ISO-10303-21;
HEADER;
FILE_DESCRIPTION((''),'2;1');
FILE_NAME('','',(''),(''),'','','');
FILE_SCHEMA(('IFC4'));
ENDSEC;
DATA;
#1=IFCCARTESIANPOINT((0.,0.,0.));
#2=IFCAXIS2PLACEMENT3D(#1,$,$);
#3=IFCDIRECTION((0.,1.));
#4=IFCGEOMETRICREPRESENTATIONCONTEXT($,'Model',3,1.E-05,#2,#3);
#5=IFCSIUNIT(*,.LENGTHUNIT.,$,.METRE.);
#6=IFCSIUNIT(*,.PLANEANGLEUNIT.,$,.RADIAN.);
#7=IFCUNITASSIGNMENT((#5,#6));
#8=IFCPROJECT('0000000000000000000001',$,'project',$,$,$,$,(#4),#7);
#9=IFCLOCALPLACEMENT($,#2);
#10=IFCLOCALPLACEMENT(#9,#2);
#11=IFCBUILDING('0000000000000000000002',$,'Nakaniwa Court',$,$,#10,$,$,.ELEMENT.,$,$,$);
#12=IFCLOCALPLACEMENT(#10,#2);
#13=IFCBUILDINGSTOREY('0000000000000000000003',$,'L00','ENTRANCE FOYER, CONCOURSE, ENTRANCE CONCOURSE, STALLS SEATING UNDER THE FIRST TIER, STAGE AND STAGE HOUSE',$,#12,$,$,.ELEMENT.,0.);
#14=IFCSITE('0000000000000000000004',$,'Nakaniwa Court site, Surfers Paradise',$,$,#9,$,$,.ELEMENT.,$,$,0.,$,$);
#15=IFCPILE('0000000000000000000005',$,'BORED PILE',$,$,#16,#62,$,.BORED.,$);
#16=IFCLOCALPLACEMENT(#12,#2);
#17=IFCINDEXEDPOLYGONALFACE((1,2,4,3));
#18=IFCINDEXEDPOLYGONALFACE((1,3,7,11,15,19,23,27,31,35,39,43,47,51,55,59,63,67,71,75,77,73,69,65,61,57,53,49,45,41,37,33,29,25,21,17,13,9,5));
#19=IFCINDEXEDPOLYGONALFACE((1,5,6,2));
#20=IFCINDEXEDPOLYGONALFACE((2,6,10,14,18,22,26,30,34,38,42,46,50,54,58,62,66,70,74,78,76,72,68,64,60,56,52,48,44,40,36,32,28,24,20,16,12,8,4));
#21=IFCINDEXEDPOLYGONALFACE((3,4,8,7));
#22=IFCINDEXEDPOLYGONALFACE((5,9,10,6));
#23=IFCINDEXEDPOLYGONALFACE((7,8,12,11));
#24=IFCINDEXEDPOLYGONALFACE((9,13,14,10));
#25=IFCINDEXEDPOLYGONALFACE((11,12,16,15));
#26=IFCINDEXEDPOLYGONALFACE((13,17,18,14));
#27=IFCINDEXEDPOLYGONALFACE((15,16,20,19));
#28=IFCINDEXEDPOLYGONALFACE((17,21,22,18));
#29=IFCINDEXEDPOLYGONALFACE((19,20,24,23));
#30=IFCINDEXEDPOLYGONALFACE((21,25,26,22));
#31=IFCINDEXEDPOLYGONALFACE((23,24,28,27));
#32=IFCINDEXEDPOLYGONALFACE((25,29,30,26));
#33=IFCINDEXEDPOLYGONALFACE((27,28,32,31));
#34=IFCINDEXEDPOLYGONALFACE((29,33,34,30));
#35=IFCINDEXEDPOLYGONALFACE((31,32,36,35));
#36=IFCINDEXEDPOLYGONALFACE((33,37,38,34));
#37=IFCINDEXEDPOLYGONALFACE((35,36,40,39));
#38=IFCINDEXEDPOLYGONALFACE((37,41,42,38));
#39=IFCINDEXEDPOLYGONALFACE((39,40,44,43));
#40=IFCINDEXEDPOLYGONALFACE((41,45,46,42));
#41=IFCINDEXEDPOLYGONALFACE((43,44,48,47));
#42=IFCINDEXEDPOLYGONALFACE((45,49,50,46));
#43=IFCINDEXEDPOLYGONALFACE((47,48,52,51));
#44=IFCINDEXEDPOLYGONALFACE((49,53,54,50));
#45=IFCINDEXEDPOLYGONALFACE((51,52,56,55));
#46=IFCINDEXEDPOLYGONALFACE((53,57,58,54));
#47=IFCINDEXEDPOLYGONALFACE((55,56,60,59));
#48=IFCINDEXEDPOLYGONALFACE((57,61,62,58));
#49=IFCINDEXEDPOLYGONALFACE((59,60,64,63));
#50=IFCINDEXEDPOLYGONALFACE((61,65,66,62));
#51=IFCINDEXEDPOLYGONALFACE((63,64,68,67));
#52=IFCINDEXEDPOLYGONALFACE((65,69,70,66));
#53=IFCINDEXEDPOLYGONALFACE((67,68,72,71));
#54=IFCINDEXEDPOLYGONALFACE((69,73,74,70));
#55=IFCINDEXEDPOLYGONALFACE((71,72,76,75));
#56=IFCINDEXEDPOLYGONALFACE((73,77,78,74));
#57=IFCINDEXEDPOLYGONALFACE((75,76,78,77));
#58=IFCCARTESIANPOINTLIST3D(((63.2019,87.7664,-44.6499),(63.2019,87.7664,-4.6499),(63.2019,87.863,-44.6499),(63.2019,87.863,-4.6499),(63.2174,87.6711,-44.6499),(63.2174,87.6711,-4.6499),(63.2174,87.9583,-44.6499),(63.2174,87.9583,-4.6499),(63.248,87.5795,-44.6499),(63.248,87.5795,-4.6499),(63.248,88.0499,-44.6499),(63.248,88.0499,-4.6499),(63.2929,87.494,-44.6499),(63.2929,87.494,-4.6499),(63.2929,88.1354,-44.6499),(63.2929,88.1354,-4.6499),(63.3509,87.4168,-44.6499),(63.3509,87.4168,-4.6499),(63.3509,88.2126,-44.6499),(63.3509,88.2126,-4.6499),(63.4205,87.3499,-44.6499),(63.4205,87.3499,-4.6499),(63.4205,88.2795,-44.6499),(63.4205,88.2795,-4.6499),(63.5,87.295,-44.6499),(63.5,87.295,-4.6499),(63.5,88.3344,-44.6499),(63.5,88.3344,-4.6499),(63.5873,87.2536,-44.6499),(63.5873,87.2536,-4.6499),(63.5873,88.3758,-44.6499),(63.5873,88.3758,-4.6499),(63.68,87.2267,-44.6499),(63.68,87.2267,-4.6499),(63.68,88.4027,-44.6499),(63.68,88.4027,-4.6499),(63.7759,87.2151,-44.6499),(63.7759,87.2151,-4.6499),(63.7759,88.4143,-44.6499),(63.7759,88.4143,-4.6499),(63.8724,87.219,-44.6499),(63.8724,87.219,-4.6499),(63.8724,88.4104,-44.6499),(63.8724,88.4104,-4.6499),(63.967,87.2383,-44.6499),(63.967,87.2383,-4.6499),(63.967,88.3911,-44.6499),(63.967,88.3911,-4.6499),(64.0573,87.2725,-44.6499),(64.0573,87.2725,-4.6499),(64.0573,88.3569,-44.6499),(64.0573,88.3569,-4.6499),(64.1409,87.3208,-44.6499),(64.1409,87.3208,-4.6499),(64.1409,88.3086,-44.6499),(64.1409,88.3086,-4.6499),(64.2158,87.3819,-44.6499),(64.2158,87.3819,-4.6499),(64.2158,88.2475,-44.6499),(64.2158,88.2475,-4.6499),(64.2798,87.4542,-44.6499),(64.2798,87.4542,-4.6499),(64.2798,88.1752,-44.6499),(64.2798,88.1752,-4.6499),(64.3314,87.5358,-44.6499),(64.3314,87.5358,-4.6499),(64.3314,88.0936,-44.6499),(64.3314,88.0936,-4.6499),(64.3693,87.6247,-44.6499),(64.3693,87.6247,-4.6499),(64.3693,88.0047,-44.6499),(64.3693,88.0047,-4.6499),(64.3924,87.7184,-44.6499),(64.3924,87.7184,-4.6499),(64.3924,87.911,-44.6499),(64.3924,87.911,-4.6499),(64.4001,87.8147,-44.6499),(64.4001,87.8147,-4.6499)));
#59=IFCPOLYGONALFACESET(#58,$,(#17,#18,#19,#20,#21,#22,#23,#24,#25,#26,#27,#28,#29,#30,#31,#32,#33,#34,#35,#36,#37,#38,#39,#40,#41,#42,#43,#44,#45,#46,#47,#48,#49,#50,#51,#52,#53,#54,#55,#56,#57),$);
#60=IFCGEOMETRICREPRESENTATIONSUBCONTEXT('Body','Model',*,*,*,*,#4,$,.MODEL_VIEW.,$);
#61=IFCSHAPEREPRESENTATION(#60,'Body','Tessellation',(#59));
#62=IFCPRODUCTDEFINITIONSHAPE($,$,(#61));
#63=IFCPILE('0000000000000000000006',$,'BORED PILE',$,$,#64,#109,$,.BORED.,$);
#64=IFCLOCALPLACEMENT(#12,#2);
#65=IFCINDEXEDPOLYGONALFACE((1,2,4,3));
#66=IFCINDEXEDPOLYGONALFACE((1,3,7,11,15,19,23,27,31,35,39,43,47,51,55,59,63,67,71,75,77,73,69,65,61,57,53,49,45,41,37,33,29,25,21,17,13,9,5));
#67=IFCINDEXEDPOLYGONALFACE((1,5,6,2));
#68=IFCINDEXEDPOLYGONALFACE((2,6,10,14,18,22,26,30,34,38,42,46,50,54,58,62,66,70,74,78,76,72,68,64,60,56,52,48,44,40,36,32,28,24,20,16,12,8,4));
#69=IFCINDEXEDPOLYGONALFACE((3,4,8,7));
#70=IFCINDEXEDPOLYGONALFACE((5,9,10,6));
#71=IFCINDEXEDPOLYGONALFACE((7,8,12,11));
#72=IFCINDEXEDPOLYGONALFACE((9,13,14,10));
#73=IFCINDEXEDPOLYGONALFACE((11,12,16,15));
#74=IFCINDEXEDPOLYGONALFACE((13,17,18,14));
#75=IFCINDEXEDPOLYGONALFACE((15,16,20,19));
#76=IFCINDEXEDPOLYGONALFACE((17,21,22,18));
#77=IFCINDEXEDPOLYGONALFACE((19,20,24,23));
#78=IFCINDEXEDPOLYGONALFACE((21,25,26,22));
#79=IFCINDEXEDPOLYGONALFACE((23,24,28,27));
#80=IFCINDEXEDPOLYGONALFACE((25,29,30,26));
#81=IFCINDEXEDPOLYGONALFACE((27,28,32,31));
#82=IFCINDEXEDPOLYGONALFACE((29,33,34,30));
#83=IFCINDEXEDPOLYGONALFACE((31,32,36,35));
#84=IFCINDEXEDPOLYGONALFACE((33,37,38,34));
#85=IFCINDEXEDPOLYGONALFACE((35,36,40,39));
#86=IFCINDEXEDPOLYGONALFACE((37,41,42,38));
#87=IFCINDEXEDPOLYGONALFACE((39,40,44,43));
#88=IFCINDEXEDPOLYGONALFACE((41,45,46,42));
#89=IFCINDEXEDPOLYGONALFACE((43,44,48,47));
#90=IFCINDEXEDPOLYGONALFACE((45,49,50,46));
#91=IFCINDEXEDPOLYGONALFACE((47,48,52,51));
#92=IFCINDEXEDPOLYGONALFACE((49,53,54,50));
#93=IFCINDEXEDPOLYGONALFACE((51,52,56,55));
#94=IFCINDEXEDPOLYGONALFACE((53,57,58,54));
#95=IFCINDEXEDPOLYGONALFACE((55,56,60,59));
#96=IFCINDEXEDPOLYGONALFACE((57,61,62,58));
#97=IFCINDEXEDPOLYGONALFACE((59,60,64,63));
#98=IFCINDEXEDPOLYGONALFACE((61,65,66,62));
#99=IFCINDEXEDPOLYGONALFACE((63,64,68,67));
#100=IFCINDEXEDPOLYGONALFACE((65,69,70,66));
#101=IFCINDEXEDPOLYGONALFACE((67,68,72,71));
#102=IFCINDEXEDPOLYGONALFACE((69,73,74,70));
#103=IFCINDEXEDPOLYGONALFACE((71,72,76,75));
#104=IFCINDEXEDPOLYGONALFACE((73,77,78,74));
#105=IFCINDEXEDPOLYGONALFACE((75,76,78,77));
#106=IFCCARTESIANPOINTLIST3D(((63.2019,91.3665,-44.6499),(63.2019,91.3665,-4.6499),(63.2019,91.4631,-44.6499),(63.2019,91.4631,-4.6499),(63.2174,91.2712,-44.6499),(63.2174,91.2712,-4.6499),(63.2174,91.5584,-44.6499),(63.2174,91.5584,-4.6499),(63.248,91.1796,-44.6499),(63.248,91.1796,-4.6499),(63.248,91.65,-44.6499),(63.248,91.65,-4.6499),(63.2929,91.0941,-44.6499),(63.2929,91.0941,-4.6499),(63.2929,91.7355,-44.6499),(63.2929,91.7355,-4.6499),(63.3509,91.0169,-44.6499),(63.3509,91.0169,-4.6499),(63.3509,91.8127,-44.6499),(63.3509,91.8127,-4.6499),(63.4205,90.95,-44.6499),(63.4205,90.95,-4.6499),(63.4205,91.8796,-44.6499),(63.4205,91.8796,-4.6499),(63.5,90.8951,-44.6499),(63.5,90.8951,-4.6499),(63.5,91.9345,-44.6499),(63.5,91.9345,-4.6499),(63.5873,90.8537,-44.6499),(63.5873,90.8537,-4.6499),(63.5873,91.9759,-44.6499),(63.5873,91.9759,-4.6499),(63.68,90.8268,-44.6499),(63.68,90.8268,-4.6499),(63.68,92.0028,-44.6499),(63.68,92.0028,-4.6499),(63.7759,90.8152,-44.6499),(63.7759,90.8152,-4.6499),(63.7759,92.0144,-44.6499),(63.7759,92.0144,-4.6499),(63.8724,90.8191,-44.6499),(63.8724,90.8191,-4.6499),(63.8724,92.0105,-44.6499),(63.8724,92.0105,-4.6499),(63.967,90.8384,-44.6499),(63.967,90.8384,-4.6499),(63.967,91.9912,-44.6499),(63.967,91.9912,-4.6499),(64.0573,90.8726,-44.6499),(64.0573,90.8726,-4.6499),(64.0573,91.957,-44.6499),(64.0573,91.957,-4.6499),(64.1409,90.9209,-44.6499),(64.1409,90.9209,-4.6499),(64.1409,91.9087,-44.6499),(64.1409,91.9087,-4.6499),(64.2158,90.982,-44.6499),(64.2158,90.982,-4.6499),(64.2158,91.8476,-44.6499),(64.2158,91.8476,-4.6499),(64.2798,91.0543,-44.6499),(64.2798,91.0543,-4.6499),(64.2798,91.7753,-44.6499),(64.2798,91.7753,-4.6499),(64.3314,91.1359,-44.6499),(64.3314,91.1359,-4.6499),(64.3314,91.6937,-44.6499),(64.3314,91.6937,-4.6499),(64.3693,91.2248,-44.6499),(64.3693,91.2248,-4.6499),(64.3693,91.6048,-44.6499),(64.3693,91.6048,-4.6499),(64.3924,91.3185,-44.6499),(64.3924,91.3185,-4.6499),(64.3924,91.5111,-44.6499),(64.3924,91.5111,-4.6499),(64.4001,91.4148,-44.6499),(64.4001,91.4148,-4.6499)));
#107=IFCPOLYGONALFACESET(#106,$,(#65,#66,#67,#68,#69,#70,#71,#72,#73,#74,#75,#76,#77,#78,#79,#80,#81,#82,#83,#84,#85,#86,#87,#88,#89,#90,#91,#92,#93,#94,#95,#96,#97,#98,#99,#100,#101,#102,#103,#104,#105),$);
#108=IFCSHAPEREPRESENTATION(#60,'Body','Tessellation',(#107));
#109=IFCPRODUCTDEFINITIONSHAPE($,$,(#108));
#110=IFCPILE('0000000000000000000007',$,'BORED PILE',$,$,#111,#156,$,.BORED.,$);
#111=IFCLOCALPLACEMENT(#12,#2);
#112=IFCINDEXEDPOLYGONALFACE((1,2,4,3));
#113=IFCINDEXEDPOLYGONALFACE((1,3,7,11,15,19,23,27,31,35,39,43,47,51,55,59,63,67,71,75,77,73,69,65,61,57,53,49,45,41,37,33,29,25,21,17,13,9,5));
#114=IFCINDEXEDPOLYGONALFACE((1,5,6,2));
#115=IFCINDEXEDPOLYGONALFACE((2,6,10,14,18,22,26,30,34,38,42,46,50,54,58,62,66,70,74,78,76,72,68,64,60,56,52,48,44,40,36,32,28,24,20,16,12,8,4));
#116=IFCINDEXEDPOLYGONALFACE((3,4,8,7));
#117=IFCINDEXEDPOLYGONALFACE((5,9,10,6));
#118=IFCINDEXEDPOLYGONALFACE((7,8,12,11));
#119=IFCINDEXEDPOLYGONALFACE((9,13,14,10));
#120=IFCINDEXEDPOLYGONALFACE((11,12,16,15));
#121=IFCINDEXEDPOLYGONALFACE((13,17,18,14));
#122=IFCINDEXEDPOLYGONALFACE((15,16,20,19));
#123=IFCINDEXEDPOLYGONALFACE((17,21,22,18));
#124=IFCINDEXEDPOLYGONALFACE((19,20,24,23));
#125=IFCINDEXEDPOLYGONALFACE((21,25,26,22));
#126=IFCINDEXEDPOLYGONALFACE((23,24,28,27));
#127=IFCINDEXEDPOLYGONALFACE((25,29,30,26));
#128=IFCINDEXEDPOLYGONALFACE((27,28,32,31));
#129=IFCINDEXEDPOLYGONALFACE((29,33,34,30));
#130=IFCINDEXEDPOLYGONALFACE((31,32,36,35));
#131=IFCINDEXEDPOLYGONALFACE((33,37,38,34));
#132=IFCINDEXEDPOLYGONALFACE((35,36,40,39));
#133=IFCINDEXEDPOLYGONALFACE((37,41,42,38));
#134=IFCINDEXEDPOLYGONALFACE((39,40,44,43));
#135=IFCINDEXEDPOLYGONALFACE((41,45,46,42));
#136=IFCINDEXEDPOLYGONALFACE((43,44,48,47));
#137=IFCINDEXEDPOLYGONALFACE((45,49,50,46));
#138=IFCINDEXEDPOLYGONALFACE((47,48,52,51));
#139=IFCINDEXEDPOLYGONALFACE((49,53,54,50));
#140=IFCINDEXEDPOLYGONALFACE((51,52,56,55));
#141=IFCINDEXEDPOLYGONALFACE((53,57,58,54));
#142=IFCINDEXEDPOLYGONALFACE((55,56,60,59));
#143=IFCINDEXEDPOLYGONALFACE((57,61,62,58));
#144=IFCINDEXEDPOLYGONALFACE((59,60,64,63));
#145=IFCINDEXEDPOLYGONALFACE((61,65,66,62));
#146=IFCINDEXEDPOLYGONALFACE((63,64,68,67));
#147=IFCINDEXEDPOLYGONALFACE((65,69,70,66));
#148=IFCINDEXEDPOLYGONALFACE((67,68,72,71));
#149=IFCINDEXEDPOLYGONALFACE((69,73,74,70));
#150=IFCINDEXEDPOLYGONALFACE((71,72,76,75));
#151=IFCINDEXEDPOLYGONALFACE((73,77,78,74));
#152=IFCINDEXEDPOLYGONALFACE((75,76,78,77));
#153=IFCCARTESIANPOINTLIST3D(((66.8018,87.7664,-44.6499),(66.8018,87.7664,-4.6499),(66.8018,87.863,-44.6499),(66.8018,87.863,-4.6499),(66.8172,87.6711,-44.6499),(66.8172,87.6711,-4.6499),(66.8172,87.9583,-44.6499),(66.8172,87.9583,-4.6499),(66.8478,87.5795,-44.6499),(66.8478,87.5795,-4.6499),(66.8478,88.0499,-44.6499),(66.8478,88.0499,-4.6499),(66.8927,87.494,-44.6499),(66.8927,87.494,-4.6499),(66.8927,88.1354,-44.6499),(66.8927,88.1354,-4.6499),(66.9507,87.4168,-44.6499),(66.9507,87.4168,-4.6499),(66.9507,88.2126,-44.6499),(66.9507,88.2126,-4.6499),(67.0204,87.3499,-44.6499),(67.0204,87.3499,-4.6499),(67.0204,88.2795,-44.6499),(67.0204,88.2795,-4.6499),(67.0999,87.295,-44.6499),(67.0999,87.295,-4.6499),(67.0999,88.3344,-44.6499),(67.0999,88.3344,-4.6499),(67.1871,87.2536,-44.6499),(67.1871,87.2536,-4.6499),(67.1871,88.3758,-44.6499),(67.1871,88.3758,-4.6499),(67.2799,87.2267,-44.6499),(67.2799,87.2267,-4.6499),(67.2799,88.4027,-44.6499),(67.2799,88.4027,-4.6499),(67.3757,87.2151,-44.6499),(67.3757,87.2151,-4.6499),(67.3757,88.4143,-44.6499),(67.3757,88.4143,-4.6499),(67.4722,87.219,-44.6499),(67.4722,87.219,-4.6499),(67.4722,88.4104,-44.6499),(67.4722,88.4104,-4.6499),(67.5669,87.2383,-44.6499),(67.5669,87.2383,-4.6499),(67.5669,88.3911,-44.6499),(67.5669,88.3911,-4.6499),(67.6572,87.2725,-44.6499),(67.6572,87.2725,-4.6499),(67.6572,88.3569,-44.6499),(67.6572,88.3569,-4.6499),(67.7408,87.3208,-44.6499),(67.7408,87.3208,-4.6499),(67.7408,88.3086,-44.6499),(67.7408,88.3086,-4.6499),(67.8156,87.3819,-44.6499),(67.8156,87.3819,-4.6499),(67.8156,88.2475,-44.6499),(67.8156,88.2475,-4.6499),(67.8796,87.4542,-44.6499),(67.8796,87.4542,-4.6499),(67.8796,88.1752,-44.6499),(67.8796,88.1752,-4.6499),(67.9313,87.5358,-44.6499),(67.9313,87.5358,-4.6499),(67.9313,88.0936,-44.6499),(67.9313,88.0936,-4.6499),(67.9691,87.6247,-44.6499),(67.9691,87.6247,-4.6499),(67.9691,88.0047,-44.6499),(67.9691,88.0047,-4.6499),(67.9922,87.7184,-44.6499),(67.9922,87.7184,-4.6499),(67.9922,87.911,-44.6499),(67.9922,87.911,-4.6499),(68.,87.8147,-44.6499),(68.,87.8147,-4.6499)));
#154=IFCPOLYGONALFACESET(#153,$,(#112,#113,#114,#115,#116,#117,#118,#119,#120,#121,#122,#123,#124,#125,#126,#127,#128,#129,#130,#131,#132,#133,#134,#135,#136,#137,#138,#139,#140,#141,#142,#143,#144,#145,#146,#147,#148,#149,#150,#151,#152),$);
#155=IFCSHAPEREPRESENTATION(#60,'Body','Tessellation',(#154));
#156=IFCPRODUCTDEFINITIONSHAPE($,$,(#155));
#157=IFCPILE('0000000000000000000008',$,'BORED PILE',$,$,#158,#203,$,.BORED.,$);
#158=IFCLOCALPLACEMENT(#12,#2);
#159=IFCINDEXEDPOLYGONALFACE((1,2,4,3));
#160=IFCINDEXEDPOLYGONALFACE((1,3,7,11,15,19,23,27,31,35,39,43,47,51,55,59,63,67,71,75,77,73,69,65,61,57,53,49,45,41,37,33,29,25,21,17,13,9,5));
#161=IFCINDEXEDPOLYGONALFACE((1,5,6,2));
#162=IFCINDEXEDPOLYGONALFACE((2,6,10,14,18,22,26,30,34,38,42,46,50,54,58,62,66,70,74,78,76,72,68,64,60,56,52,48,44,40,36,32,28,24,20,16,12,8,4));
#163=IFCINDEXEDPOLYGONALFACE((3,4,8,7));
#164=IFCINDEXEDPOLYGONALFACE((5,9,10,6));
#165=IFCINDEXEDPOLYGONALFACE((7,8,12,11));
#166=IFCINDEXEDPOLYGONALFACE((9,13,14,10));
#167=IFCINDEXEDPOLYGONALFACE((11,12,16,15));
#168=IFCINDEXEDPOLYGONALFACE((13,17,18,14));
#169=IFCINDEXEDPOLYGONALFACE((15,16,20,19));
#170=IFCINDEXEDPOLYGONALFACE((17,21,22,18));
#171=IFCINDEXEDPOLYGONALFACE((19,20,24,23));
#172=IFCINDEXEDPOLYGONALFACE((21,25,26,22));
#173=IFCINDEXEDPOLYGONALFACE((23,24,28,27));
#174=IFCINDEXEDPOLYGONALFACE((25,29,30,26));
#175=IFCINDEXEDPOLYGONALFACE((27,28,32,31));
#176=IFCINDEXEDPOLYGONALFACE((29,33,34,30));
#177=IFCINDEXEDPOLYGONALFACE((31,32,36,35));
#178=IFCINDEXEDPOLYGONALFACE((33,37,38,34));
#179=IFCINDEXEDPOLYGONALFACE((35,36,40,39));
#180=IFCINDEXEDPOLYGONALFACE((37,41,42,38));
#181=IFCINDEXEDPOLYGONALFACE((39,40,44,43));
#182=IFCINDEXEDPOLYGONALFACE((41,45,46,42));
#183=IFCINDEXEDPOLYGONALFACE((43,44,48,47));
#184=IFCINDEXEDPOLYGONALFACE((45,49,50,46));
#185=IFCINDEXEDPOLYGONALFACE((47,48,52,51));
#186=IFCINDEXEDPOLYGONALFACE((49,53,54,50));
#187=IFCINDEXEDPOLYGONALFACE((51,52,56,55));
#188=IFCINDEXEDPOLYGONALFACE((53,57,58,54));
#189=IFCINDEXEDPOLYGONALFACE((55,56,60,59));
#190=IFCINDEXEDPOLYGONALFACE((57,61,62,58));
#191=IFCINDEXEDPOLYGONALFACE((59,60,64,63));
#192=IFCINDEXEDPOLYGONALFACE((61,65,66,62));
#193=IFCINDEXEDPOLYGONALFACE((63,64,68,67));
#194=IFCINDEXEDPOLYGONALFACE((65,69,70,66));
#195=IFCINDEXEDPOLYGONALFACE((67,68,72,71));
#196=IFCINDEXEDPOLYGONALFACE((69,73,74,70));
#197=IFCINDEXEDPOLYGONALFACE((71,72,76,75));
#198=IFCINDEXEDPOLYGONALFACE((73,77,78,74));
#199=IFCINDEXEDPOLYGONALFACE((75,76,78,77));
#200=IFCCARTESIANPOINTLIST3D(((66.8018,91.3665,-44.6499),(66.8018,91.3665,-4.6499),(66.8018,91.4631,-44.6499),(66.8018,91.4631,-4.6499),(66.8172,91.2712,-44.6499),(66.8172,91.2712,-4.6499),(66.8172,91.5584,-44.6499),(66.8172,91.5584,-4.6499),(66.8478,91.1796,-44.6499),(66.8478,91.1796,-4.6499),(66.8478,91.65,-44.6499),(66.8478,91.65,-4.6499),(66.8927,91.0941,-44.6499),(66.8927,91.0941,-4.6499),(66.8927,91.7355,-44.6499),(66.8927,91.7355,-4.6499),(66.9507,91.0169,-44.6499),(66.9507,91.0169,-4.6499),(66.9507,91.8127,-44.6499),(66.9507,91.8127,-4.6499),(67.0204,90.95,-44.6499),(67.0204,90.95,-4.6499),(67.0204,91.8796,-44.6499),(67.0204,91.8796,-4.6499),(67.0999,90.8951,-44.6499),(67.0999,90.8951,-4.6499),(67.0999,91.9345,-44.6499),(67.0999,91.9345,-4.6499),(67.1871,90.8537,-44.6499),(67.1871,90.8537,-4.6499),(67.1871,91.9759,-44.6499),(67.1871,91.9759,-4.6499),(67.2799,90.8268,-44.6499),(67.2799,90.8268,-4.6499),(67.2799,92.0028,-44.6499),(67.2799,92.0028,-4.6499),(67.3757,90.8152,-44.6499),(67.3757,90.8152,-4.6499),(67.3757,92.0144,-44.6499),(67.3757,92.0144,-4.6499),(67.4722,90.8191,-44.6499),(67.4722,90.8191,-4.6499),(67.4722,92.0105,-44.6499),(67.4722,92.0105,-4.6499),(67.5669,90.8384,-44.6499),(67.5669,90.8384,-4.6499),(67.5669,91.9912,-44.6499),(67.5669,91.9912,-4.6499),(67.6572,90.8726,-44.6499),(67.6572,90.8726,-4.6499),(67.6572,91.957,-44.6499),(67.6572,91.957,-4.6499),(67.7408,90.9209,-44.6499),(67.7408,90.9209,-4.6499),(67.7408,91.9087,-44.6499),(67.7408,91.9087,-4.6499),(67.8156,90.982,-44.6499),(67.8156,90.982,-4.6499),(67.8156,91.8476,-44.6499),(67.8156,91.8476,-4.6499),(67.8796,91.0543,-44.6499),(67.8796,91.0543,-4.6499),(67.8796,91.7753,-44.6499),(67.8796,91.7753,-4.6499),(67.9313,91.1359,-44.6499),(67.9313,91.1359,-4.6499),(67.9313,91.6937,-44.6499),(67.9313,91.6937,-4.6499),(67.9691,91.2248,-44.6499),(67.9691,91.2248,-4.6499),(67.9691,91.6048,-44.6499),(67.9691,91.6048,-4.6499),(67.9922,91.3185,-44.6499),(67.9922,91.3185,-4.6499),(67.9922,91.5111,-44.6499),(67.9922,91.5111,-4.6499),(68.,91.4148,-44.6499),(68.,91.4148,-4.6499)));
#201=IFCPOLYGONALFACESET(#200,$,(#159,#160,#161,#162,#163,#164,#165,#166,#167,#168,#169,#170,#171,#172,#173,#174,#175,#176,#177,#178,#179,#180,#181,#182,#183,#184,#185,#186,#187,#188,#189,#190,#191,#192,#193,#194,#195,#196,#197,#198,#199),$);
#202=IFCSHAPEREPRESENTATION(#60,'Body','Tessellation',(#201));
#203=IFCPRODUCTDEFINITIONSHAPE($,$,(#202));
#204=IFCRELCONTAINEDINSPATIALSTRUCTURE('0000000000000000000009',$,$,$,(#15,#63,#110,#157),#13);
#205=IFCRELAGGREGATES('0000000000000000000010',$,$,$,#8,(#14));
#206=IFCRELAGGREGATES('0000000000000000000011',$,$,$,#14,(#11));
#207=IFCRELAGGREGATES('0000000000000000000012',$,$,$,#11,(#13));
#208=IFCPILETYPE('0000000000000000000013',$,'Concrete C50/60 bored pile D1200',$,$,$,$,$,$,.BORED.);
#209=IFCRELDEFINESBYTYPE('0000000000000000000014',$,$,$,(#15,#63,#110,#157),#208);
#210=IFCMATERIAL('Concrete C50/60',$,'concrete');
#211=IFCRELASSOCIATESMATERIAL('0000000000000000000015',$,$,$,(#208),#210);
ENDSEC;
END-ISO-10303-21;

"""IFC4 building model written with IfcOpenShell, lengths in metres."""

from ifc_helpers import new_model, si_unit, direction, frame, origin, origin_2d, place, context, subcontext, project, spatial, circle, extrude, material, material_profile, profile_set, type_object, element, save


model = new_model("IFC4")

# Units and contexts
model_context = context("Model", 3, precision=1e-05, world=origin(), true_north=direction((0.0, 1.0)))
body_context = subcontext(model_context, "Body", "Model", "MODEL_VIEW")
ifc_project = project(units=[si_unit("LENGTHUNIT", "METRE"), si_unit("PLANEANGLEUNIT", "RADIAN")], contexts=[model_context])

# Site, building, storey
site_placement = place(None, origin())
site = spatial("IfcSite", under=ifc_project, at=site_placement, Name="Nakaniwa Court site, Surfers Paradise", CompositionType="ELEMENT", RefElevation=0.0)
building_placement = place(site_placement, origin())
building = spatial("IfcBuilding", under=site, at=building_placement, Name="Nakaniwa Court", CompositionType="ELEMENT")
storey_placement = place(building_placement, origin())
storey = spatial("IfcBuildingStorey", under=building, at=storey_placement, Name="L00", Description="ENTRANCE FOYER, CONCOURSE, ENTRANCE CONCOURSE, STALLS SEATING UNDER THE FIRST TIER, STAGE AND STAGE HOUSE", CompositionType="ELEMENT", Elevation=0.0)

# Piles
ifc_material_1 = material(Name="Concrete C50/60", Category="concrete")
ifc_material_profile_1 = material_profile(ifc_material_1, circle(Radius=0.6001, at=origin_2d()), Name="Concrete C50/60 bored pile D1200")
ifc_profile_set_1 = profile_set([ifc_material_profile_1], Name="Concrete C50/60")
pile_type = type_object("IfcPileType", Name="Concrete C50/60 bored pile D1200", PredefinedType="BORED", material=ifc_profile_set_1)
for number, where, z_axis, x_axis, name in (
    (1, (63.8, 87.8147, -4.6499), (0.0, 0.0, -1.0), (1.0, 0.0, 0.0), "BORED PILE"),
    (2, (63.8, 91.4148, -4.6499), (0.0, 0.0, -1.0), (1.0, 0.0, 0.0), "BORED PILE"),
    (3, (67.3999, 87.8147, -4.6499), (0.0, 0.0, -1.0), (1.0, 0.0, 0.0), "BORED PILE"),
    (4, (67.3999, 91.4148, -4.6499), (0.0, 0.0, -1.0), (1.0, 0.0, 0.0), "BORED PILE"),
):
    element("IfcPile", number, at=place(storey_placement, frame(where, z_axis=z_axis, x_axis=x_axis)), inside=storey, type_object=pile_type, Name=name, PredefinedType="BORED", context=body_context, shape_type="SweptSolid", body=[
        extrude(circle(Radius=0.6001, at=origin_2d()), origin(), (0.0, 0.0, 1.0), 40.0),
    ])

save(model, "model.ifc")
